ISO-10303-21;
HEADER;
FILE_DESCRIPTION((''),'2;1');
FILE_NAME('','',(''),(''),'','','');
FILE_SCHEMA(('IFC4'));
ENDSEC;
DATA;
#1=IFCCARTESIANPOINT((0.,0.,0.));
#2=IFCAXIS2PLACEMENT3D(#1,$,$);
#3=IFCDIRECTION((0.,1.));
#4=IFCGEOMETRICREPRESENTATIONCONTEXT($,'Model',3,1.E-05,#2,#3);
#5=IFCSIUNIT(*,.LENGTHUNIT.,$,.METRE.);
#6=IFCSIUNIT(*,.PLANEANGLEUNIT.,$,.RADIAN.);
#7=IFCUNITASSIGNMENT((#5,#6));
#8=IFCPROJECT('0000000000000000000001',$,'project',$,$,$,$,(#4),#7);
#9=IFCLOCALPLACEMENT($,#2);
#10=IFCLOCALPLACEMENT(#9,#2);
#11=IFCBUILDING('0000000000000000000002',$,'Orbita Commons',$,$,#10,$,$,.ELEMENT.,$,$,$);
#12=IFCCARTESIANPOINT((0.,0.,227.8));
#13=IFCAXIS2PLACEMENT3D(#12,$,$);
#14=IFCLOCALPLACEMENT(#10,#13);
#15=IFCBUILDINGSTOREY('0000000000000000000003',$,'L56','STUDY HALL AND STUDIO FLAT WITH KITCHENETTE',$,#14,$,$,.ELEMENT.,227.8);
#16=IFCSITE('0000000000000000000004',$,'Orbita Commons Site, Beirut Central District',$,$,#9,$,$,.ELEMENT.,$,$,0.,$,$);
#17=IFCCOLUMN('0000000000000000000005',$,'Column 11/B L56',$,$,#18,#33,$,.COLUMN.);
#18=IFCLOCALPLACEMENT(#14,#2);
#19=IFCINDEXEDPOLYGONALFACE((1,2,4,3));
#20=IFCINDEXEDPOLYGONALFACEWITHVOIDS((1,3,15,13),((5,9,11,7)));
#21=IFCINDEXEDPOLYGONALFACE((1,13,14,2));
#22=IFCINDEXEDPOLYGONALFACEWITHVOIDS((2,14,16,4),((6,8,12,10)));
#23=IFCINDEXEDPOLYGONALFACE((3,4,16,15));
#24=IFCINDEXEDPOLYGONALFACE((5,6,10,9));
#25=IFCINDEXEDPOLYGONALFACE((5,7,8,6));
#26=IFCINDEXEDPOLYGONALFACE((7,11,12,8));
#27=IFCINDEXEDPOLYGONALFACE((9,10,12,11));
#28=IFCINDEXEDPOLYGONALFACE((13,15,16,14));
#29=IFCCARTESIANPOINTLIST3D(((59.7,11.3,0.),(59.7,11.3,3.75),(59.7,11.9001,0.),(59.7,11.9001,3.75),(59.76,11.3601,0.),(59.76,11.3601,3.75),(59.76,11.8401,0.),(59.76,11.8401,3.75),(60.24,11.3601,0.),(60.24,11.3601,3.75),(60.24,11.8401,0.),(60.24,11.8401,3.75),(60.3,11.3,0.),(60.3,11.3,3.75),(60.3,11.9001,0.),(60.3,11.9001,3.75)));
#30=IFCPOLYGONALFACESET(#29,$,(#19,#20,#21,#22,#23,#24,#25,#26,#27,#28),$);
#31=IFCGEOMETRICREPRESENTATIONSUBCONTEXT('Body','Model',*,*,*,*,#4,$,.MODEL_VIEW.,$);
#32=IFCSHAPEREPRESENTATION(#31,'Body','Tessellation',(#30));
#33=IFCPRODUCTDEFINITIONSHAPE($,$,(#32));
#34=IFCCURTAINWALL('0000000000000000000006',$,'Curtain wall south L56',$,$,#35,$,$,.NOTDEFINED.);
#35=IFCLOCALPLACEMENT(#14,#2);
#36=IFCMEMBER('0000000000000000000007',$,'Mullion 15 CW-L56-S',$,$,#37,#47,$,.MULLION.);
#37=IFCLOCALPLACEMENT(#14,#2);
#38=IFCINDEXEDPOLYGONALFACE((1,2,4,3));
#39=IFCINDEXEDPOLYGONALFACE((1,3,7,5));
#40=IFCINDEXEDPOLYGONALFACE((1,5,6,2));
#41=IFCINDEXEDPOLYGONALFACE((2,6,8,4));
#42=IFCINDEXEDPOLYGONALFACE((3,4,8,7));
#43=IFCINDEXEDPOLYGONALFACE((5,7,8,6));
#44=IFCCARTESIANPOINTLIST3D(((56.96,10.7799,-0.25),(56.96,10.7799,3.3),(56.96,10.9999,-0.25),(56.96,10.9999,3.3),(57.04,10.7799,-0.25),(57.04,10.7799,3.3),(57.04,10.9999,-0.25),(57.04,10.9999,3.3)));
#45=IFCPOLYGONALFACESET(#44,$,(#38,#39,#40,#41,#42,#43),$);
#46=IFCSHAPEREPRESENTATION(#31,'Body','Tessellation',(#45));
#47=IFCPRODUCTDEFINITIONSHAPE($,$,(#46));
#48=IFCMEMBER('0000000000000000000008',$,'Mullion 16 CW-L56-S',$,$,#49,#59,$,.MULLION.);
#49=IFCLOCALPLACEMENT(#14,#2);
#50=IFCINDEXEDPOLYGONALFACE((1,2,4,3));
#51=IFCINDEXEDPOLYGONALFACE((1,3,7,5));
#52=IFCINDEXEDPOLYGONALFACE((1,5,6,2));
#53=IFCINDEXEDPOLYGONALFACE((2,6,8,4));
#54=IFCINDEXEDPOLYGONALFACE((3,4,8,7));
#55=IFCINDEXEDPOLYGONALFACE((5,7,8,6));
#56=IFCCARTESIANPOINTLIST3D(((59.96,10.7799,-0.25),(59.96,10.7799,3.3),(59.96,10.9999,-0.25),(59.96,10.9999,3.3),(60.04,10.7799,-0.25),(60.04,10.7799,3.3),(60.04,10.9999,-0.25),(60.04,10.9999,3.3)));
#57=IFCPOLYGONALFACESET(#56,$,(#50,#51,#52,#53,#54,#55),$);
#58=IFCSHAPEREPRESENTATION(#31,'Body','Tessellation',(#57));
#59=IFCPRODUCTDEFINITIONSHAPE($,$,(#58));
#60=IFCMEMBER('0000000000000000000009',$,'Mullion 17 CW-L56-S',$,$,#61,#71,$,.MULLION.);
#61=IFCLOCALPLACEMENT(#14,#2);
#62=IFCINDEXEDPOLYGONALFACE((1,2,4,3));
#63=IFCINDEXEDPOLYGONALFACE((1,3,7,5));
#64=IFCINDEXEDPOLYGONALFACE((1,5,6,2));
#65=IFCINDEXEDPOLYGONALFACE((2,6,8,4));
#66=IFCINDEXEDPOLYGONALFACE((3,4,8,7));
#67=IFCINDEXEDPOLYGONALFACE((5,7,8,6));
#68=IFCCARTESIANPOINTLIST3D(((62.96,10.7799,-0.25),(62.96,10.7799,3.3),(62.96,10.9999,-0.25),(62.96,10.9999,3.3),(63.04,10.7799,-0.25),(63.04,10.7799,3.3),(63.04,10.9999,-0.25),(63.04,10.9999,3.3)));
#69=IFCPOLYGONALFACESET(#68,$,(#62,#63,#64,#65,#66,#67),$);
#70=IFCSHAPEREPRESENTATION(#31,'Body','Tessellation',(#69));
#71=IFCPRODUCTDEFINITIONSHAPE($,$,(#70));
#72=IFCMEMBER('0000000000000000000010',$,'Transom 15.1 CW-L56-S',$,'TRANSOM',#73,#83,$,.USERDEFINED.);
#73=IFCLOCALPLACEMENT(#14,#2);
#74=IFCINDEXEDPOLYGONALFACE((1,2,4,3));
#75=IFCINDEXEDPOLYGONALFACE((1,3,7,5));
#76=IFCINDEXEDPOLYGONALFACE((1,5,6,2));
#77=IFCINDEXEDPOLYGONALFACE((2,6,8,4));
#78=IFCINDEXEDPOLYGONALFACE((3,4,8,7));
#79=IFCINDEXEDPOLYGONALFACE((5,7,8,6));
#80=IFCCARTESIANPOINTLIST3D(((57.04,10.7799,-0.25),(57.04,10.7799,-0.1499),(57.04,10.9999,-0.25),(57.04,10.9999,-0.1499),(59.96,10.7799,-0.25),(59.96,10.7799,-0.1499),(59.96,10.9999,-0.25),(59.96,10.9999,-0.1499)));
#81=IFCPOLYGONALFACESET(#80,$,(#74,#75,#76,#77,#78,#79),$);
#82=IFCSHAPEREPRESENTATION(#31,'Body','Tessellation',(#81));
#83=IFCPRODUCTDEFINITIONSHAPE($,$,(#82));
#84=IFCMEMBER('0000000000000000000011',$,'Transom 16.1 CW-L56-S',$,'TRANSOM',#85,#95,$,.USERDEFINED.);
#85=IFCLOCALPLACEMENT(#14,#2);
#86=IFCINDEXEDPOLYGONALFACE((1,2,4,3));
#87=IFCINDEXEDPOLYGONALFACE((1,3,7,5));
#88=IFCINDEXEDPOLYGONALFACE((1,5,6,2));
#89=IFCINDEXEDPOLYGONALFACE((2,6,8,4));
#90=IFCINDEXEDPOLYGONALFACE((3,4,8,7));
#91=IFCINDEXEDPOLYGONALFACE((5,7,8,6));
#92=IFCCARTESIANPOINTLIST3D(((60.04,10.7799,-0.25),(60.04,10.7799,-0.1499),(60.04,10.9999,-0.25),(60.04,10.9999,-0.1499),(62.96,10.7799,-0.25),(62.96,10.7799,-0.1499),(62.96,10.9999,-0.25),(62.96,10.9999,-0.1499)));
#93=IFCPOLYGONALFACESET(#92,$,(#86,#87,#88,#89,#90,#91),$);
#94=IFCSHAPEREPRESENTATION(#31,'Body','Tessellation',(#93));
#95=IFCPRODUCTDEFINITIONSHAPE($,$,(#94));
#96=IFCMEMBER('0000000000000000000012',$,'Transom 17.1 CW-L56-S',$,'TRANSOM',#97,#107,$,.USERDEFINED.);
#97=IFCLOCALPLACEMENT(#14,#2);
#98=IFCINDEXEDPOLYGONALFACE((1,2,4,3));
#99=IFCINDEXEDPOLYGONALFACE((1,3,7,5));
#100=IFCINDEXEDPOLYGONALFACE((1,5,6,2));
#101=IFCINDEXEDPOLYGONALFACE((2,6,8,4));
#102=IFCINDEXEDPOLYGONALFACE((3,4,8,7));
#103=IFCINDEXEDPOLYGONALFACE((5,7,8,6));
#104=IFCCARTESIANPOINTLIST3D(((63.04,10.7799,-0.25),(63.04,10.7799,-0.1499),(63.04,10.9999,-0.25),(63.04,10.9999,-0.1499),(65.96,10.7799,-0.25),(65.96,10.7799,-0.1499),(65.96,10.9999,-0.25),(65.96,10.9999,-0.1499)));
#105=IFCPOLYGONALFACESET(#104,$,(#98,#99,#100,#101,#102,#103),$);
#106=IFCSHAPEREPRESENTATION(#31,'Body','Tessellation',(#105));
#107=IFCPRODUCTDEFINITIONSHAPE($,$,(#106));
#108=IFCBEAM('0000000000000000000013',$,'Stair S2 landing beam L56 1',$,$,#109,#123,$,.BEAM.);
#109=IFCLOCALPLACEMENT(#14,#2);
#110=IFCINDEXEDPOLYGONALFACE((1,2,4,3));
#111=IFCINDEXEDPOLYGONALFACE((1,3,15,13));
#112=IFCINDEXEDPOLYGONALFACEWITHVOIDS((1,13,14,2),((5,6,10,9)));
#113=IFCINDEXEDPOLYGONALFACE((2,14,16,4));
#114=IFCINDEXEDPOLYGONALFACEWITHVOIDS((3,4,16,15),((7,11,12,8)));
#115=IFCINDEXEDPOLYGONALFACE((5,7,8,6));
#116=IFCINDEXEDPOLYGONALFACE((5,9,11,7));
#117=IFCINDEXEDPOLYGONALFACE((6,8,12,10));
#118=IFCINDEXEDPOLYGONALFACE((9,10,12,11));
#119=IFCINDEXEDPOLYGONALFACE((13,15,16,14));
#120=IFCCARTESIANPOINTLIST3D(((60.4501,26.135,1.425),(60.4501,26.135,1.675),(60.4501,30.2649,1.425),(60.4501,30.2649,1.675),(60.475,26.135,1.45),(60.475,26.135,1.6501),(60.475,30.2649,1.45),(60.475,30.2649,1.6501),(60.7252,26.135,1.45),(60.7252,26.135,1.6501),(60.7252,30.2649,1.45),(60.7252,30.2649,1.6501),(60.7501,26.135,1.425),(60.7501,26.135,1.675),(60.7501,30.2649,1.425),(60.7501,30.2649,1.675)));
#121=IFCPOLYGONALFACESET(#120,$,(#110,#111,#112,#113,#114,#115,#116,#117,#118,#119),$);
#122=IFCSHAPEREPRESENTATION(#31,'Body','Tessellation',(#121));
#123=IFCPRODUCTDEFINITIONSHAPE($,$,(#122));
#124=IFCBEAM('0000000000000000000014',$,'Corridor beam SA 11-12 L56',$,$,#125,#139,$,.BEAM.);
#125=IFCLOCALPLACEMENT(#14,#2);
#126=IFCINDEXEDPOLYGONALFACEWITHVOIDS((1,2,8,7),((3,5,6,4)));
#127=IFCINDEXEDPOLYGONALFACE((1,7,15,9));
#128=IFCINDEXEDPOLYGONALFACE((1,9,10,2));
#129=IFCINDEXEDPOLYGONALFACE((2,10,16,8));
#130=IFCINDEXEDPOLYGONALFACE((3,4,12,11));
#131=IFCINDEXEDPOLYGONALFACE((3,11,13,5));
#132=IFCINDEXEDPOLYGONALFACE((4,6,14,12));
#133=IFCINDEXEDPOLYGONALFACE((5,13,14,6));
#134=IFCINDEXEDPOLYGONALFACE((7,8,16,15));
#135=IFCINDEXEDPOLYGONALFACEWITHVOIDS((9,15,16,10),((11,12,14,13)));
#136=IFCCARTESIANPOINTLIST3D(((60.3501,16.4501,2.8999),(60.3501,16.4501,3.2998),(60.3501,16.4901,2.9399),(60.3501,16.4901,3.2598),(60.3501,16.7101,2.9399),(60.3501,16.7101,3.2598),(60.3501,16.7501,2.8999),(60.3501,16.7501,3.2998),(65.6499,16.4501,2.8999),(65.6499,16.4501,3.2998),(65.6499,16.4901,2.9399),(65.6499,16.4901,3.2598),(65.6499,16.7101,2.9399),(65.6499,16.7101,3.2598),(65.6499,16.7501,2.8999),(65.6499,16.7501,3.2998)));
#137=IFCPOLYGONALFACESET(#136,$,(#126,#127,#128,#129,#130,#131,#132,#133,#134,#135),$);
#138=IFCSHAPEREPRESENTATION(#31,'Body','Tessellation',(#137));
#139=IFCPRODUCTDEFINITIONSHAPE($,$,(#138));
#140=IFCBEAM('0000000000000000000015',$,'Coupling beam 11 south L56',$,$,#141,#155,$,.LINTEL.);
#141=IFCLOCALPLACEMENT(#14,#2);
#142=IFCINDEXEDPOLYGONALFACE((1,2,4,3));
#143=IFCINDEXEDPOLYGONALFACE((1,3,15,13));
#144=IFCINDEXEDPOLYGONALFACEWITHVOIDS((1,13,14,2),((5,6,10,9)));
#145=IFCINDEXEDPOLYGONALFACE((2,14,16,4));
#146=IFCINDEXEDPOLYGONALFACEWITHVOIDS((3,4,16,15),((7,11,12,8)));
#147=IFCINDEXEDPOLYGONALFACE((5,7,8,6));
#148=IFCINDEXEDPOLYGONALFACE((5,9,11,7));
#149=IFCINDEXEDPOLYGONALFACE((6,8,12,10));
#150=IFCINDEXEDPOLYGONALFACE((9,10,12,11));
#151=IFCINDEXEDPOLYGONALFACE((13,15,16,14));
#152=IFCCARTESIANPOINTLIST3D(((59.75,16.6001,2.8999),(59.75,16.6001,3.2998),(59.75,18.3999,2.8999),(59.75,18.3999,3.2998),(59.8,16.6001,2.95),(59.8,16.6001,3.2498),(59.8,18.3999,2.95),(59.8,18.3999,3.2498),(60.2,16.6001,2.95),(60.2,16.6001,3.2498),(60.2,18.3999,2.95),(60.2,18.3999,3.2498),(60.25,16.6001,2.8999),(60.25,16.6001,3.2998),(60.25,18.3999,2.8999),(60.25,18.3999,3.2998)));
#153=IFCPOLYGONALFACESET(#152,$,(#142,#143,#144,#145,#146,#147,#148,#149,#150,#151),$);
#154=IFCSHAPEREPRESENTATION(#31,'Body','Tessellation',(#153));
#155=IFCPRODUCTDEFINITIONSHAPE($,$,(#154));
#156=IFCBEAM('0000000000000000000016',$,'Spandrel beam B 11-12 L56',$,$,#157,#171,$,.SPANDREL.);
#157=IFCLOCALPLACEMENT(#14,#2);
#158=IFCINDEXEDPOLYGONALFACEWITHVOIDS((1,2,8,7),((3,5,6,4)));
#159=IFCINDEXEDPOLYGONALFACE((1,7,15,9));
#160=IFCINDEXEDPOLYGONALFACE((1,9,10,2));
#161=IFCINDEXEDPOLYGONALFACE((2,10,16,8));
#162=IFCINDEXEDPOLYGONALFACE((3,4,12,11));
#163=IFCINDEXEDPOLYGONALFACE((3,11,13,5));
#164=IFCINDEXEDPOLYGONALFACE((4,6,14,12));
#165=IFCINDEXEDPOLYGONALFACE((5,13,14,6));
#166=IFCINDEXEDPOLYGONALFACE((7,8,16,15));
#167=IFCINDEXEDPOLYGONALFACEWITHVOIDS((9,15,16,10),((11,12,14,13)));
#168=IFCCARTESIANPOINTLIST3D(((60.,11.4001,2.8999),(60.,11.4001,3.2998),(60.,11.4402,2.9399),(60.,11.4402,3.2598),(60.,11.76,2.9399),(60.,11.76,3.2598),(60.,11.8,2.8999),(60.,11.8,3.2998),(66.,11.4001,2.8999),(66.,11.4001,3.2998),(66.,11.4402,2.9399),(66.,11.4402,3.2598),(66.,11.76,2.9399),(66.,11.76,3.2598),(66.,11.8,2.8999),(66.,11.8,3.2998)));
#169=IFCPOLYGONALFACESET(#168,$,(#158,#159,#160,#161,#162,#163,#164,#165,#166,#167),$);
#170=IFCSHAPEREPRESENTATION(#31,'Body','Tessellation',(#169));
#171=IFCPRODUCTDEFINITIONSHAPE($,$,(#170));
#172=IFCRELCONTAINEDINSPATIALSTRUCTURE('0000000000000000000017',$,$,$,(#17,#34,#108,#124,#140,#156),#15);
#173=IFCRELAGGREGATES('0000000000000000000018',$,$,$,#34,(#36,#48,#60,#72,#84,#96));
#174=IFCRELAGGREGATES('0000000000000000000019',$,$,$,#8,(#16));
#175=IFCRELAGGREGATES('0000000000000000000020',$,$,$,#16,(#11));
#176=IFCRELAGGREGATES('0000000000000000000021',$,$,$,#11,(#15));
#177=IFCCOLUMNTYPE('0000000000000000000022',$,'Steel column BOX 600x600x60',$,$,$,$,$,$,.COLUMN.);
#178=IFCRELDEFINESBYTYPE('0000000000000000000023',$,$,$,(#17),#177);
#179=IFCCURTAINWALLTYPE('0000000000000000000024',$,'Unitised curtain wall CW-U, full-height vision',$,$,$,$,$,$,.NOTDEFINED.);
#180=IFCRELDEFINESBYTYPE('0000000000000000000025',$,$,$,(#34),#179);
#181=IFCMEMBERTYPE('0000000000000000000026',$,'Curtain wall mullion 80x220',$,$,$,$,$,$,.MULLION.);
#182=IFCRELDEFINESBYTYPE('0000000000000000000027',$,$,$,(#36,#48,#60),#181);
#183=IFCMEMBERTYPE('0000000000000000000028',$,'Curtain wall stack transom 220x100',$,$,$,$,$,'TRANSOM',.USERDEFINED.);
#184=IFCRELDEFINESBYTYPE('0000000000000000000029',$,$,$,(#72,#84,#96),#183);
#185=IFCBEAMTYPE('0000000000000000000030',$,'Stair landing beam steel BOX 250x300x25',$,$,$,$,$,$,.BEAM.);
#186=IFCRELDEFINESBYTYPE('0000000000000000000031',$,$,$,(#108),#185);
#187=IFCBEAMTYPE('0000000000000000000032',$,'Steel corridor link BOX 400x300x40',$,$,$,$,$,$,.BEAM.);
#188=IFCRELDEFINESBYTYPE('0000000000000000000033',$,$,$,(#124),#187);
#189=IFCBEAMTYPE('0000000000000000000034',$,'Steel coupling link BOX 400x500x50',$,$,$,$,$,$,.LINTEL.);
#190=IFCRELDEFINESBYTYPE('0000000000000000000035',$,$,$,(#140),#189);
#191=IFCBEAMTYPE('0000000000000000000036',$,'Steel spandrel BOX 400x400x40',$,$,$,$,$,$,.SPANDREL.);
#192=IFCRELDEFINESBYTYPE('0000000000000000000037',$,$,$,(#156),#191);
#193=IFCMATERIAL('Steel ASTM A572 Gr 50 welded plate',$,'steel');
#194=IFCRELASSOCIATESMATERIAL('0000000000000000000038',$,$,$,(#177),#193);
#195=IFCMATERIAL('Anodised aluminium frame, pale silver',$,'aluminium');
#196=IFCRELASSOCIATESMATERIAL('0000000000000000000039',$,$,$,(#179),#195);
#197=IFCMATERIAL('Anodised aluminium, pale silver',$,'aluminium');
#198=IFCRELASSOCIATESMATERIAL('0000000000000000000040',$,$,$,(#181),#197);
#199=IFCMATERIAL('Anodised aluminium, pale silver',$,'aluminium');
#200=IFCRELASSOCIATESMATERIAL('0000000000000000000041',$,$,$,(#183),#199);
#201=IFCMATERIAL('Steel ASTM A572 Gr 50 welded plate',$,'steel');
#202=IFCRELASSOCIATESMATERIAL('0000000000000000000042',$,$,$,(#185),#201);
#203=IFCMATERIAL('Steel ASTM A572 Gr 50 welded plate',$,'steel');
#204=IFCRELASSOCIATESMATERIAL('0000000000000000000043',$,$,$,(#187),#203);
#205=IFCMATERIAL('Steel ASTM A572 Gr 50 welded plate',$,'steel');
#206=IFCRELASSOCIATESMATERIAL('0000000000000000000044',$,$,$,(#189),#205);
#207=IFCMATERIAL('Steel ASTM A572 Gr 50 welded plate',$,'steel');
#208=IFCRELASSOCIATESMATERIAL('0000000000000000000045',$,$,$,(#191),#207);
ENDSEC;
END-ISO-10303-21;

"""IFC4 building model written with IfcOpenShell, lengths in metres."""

from ifc_helpers import new_model, si_unit, direction, frame, origin, origin_2d, place, context, subcontext, project, spatial, rectangle, hollow_rectangle, extrude, material, material_profile, profile_set, type_object, element, aggregate, save


model = new_model("IFC4")

# Units and contexts
model_context = context("Model", 3, precision=1e-05, world=origin(), true_north=direction((0.0, 1.0)))
body_context = subcontext(model_context, "Body", "Model", "MODEL_VIEW")
ifc_project = project(units=[si_unit("LENGTHUNIT", "METRE"), si_unit("PLANEANGLEUNIT", "RADIAN")], contexts=[model_context])

# Site, building, storey
site_placement = place(None, origin())
site = spatial("IfcSite", under=ifc_project, at=site_placement, Name="Orbita Commons Site, Beirut Central District", CompositionType="ELEMENT", RefElevation=0.0)
building_placement = place(site_placement, origin())
building = spatial("IfcBuilding", under=site, at=building_placement, Name="Orbita Commons", CompositionType="ELEMENT")
storey_placement = place(building_placement, frame((0.0, 0.0, 227.8)))
storey = spatial("IfcBuildingStorey", under=building, at=storey_placement, Name="L56", Description="STUDY HALL AND STUDIO FLAT WITH KITCHENETTE", CompositionType="ELEMENT", Elevation=227.8)

# Column
ifc_material_1 = material(Name="Steel ASTM A572 Gr 50 welded plate", Category="steel")
ifc_material_profile_1 = material_profile(ifc_material_1, hollow_rectangle(XDim=0.6001, YDim=0.6001, WallThickness=0.0601, at=origin_2d()), Name="BOX 600x600x60")
ifc_profile_set_1 = profile_set([ifc_material_profile_1], Name="Steel ASTM A572 Gr 50 welded plate")
column_type = type_object("IfcColumnType", Name="Steel column BOX 600x600x60", PredefinedType="COLUMN", material=ifc_profile_set_1)
column_placement = place(storey_placement, frame((60.0, 11.6001, 0.0), z_axis=(0.0, 0.0, 1.0), x_axis=(1.0, 0.0, 0.0)))
element("IfcColumn", 1, at=column_placement, inside=storey, type_object=column_type, Name="Column 11/B L56", PredefinedType="COLUMN", context=body_context, shape_type="SweptSolid", body=[
    extrude(hollow_rectangle(XDim=0.6001, YDim=0.6001, WallThickness=0.0601, at=origin_2d()), origin(), (0.0, 0.0, 1.0), 3.75),
])

# Curtain wall, members
ifc_material_2 = material(Name="Anodised aluminium frame, pale silver", Category="aluminium")
curtain_wall_type = type_object("IfcCurtainWallType", Name="Unitised curtain wall CW-U, full-height vision", PredefinedType="NOTDEFINED", material=ifc_material_2)
curtain_wall_placement = place(storey_placement, origin())
curtain_wall = element("IfcCurtainWall", 2, at=curtain_wall_placement, inside=storey, type_object=curtain_wall_type, Name="Curtain wall south L56", PredefinedType="NOTDEFINED")
ifc_material_3 = material(Name="Anodised aluminium, pale silver", Category="aluminium")
ifc_material_profile_2 = material_profile(ifc_material_3, rectangle(XDim=0.0801, YDim=0.22, at=origin_2d()), Name="AL 80x220")
ifc_profile_set_2 = profile_set([ifc_material_profile_2], Name="Anodised aluminium, pale silver")
member_type_1 = type_object("IfcMemberType", Name="Curtain wall mullion 80x220", PredefinedType="MULLION", material=ifc_profile_set_2)
member_1_placement = place(storey_placement, frame((57.0, 10.8899, -0.25), z_axis=(0.0, 0.0, 1.0), x_axis=(1.0, 0.0, 0.0)))
member_1 = element("IfcMember", 3, at=member_1_placement, type_object=member_type_1, Name="Mullion 15 CW-L56-S", PredefinedType="MULLION", context=body_context, shape_type="SweptSolid", body=[
    extrude(rectangle(XDim=0.0801, YDim=0.22, at=origin_2d()), origin(), (0.0, 0.0, 1.0), 3.55),
])
member_2_placement = place(storey_placement, frame((60.0, 10.8899, -0.25), z_axis=(0.0, 0.0, 1.0), x_axis=(1.0, 0.0, 0.0)))
member_2 = element("IfcMember", 4, at=member_2_placement, type_object=member_type_1, Name="Mullion 16 CW-L56-S", PredefinedType="MULLION", context=body_context, shape_type="SweptSolid", body=[
    extrude(rectangle(XDim=0.0801, YDim=0.22, at=origin_2d()), origin(), (0.0, 0.0, 1.0), 3.55),
])
member_3_placement = place(storey_placement, frame((63.0, 10.8899, -0.25), z_axis=(0.0, 0.0, 1.0), x_axis=(1.0, 0.0, 0.0)))
member_3 = element("IfcMember", 5, at=member_3_placement, type_object=member_type_1, Name="Mullion 17 CW-L56-S", PredefinedType="MULLION", context=body_context, shape_type="SweptSolid", body=[
    extrude(rectangle(XDim=0.0801, YDim=0.22, at=origin_2d()), origin(), (0.0, 0.0, 1.0), 3.55),
])
ifc_material_4 = material(Name="Anodised aluminium, pale silver", Category="aluminium")
ifc_material_profile_3 = material_profile(ifc_material_4, rectangle(XDim=0.22, YDim=0.1001, at=origin_2d()), Name="AL 220x100")
ifc_profile_set_3 = profile_set([ifc_material_profile_3], Name="Anodised aluminium, pale silver")
member_type_2 = type_object("IfcMemberType", Name="Curtain wall stack transom 220x100", ElementType="TRANSOM", PredefinedType="USERDEFINED", material=ifc_profile_set_3)
member_4_placement = place(storey_placement, frame((57.04, 10.8899, -0.2), z_axis=(1.0, 0.0, 0.0), x_axis=(0.0, 1.0, 0.0)))
member_4 = element("IfcMember", 6, at=member_4_placement, type_object=member_type_2, Name="Transom 15.1 CW-L56-S", ObjectType="TRANSOM", PredefinedType="USERDEFINED", context=body_context, shape_type="SweptSolid", body=[
    extrude(rectangle(XDim=0.22, YDim=0.1001, at=origin_2d()), origin(), (0.0, 0.0, 1.0), 2.9199),
])
member_5_placement = place(storey_placement, frame((60.04, 10.8899, -0.2), z_axis=(1.0, 0.0, 0.0), x_axis=(0.0, 1.0, 0.0)))
member_5 = element("IfcMember", 7, at=member_5_placement, type_object=member_type_2, Name="Transom 16.1 CW-L56-S", ObjectType="TRANSOM", PredefinedType="USERDEFINED", context=body_context, shape_type="SweptSolid", body=[
    extrude(rectangle(XDim=0.22, YDim=0.1001, at=origin_2d()), origin(), (0.0, 0.0, 1.0), 2.9199),
])
member_6_placement = place(storey_placement, frame((63.04, 10.8899, -0.2), z_axis=(1.0, 0.0, 0.0), x_axis=(0.0, 1.0, 0.0)))
member_6 = element("IfcMember", 8, at=member_6_placement, type_object=member_type_2, Name="Transom 17.1 CW-L56-S", ObjectType="TRANSOM", PredefinedType="USERDEFINED", context=body_context, shape_type="SweptSolid", body=[
    extrude(rectangle(XDim=0.22, YDim=0.1001, at=origin_2d()), origin(), (0.0, 0.0, 1.0), 2.9199),
])

# Beams
ifc_material_5 = material(Name="Steel ASTM A572 Gr 50 welded plate", Category="steel")
ifc_material_profile_4 = material_profile(ifc_material_5, hollow_rectangle(XDim=0.3, YDim=0.25, WallThickness=0.0249, at=origin_2d()), Name="BOX 250x300x25")
ifc_profile_set_4 = profile_set([ifc_material_profile_4], Name="Steel ASTM A572 Gr 50 welded plate")
beam_type_1 = type_object("IfcBeamType", Name="Stair landing beam steel BOX 250x300x25", PredefinedType="BEAM", material=ifc_profile_set_4)
beam_1_placement = place(storey_placement, frame((60.6001, 26.135, 1.55), z_axis=(0.0, 1.0, 0.0), x_axis=(-1.0, 0.0, 0.0)))
element("IfcBeam", 9, at=beam_1_placement, inside=storey, type_object=beam_type_1, Name="Stair S2 landing beam L56 1", PredefinedType="BEAM", context=body_context, shape_type="SweptSolid", body=[
    extrude(hollow_rectangle(XDim=0.3, YDim=0.25, WallThickness=0.0249, at=origin_2d()), origin(), (0.0, 0.0, 1.0), 4.1299),
])
ifc_material_6 = material(Name="Steel ASTM A572 Gr 50 welded plate", Category="steel")
ifc_material_profile_5 = material_profile(ifc_material_6, hollow_rectangle(XDim=0.3, YDim=0.3999, WallThickness=0.04, at=origin_2d()), Name="BOX 400x300x40")
ifc_profile_set_5 = profile_set([ifc_material_profile_5], Name="Steel ASTM A572 Gr 50 welded plate")
beam_type_2 = type_object("IfcBeamType", Name="Steel corridor link BOX 400x300x40", PredefinedType="BEAM", material=ifc_profile_set_5)
beam_2_placement = place(storey_placement, frame((60.3501, 16.6001, 3.0999), z_axis=(1.0, 0.0, 0.0), x_axis=(0.0, 1.0, 0.0)))
element("IfcBeam", 10, at=beam_2_placement, inside=storey, type_object=beam_type_2, Name="Corridor beam SA 11-12 L56", PredefinedType="BEAM", context=body_context, shape_type="SweptSolid", body=[
    extrude(hollow_rectangle(XDim=0.3, YDim=0.3999, WallThickness=0.04, at=origin_2d()), origin(), (0.0, 0.0, 1.0), 5.2998),
])
ifc_material_7 = material(Name="Steel ASTM A572 Gr 50 welded plate", Category="steel")
ifc_material_profile_6 = material_profile(ifc_material_7, hollow_rectangle(XDim=0.5, YDim=0.3999, WallThickness=0.05, at=origin_2d()), Name="BOX 400x500x50")
ifc_profile_set_6 = profile_set([ifc_material_profile_6], Name="Steel ASTM A572 Gr 50 welded plate")
beam_type_3 = type_object("IfcBeamType", Name="Steel coupling link BOX 400x500x50", PredefinedType="LINTEL", material=ifc_profile_set_6)
beam_3_placement = place(storey_placement, frame((60.0, 16.6001, 3.0999), z_axis=(0.0, 1.0, 0.0), x_axis=(-1.0, 0.0, 0.0)))
element("IfcBeam", 11, at=beam_3_placement, inside=storey, type_object=beam_type_3, Name="Coupling beam 11 south L56", PredefinedType="LINTEL", context=body_context, shape_type="SweptSolid", body=[
    extrude(hollow_rectangle(XDim=0.5, YDim=0.3999, WallThickness=0.05, at=origin_2d()), origin(), (0.0, 0.0, 1.0), 1.7998),
])
ifc_material_8 = material(Name="Steel ASTM A572 Gr 50 welded plate", Category="steel")
ifc_material_profile_7 = material_profile(ifc_material_8, hollow_rectangle(XDim=0.3999, YDim=0.3999, WallThickness=0.04, at=origin_2d()), Name="BOX 400x400x40")
ifc_profile_set_7 = profile_set([ifc_material_profile_7], Name="Steel ASTM A572 Gr 50 welded plate")
beam_type_4 = type_object("IfcBeamType", Name="Steel spandrel BOX 400x400x40", PredefinedType="SPANDREL", material=ifc_profile_set_7)
beam_4_placement = place(storey_placement, frame((60.0, 11.6001, 3.0999), z_axis=(1.0, 0.0, 0.0), x_axis=(0.0, 1.0, 0.0)))
element("IfcBeam", 12, at=beam_4_placement, inside=storey, type_object=beam_type_4, Name="Spandrel beam B 11-12 L56", PredefinedType="SPANDREL", context=body_context, shape_type="SweptSolid", body=[
    extrude(hollow_rectangle(XDim=0.3999, YDim=0.3999, WallThickness=0.04, at=origin_2d()), origin(), (0.0, 0.0, 1.0), 6.0),
])

aggregate(curtain_wall, [member_1, member_2, member_3, member_4, member_5, member_6])

save(model, "model.ifc")
